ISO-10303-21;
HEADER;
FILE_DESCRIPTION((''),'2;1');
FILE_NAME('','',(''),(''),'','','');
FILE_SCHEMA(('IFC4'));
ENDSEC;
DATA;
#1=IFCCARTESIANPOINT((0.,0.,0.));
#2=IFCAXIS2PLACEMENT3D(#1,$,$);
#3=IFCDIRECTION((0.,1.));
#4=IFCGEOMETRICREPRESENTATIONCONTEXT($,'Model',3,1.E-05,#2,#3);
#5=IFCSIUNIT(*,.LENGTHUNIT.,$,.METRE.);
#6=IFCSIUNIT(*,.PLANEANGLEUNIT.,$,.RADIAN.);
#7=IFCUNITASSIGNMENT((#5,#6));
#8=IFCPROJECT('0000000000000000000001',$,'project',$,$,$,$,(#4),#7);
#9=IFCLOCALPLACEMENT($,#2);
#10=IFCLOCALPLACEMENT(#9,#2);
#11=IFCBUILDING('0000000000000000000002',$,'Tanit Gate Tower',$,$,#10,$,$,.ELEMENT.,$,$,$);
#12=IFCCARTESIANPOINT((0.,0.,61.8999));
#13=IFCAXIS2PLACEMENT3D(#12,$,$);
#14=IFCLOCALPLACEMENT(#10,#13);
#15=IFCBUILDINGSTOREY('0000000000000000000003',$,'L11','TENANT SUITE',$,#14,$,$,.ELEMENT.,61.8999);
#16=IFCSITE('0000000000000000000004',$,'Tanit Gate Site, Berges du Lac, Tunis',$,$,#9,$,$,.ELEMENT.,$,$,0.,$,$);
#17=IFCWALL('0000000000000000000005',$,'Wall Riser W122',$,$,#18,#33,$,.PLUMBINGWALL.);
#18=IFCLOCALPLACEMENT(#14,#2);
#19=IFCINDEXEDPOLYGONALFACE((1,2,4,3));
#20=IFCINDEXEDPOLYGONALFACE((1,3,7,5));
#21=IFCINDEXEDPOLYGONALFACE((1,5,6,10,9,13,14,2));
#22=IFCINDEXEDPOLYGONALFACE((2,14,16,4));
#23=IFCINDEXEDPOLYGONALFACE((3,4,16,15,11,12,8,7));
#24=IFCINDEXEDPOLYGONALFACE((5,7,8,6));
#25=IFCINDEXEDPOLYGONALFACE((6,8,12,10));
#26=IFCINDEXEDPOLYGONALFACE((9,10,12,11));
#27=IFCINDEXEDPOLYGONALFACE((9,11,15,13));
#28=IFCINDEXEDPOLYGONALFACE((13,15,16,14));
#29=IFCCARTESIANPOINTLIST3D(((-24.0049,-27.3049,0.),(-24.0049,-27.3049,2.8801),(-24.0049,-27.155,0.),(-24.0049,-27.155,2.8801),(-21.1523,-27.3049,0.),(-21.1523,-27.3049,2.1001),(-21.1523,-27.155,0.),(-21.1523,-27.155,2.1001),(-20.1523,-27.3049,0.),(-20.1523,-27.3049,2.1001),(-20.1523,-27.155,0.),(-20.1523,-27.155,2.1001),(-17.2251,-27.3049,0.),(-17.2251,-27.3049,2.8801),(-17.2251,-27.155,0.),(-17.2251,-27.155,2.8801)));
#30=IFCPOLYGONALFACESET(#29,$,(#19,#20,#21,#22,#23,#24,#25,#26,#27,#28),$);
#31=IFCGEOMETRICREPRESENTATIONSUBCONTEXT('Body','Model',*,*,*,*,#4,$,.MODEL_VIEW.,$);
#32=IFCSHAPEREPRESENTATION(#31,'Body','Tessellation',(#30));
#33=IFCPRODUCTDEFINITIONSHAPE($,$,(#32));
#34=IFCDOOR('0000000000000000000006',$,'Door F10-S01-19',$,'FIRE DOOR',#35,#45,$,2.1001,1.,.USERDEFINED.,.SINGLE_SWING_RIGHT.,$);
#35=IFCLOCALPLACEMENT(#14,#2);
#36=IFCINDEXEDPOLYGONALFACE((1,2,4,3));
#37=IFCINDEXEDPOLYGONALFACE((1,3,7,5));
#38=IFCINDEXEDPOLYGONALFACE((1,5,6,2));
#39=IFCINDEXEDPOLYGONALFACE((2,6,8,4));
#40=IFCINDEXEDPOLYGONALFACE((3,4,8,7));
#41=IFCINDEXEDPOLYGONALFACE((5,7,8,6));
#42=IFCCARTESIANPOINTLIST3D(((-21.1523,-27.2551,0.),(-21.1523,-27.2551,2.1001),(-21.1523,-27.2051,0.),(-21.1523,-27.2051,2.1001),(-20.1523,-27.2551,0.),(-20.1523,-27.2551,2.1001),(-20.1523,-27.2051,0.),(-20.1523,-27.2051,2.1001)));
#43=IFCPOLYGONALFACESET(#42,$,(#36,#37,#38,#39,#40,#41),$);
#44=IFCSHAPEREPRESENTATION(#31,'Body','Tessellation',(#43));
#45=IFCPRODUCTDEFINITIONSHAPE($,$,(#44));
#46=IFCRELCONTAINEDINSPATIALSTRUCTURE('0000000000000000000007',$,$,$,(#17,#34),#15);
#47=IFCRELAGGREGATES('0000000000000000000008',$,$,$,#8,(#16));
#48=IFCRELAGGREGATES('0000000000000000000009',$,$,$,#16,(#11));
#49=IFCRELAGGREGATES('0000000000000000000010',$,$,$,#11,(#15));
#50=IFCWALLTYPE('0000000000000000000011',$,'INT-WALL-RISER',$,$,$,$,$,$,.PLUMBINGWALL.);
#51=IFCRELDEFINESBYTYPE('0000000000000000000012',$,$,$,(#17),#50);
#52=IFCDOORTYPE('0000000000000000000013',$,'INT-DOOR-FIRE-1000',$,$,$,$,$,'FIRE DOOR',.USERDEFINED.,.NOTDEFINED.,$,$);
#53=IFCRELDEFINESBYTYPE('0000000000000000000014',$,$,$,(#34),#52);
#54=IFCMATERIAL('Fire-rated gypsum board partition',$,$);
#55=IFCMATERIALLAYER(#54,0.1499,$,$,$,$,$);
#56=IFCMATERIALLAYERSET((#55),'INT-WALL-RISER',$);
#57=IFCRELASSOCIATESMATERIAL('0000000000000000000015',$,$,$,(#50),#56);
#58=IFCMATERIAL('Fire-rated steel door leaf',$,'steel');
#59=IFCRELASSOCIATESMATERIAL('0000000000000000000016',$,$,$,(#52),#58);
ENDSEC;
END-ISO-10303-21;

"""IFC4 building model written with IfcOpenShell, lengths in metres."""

from ifc_helpers import new_model, si_unit, direction, frame, frame_2d, origin, place, context, subcontext, project, spatial, rectangle, extrude, material, layer, layer_set, type_object, element, fill, save


model = new_model("IFC4")

# Units and contexts
model_context = context("Model", 3, precision=1e-05, world=origin(), true_north=direction((0.0, 1.0)))
body_context = subcontext(model_context, "Body", "Model", "MODEL_VIEW")
ifc_project = project(units=[si_unit("LENGTHUNIT", "METRE"), si_unit("PLANEANGLEUNIT", "RADIAN")], contexts=[model_context])

# Site, building, storey
site_placement = place(None, origin())
site = spatial("IfcSite", under=ifc_project, at=site_placement, Name="Tanit Gate Site, Berges du Lac, Tunis", CompositionType="ELEMENT", RefElevation=0.0)
building_placement = place(site_placement, origin())
building = spatial("IfcBuilding", under=site, at=building_placement, Name="Tanit Gate Tower", CompositionType="ELEMENT")
storey_placement = place(building_placement, frame((0.0, 0.0, 61.8999)))
storey = spatial("IfcBuildingStorey", under=building, at=storey_placement, Name="L11", Description="TENANT SUITE", CompositionType="ELEMENT", Elevation=61.8999)

# Shared definitions
ifc_material_1 = material(Name="Fire-rated gypsum board partition")
ifc_layer_1 = layer(ifc_material_1, 0.1499)
ifc_layer_set_1 = layer_set([ifc_layer_1], Name="INT-WALL-RISER")
wall_type_1 = type_object("IfcWallType", Name="INT-WALL-RISER", PredefinedType="PLUMBINGWALL", material=ifc_layer_set_1)

# Wall, opening, door
wall_1_placement = place(storey_placement, frame((-24.0049, -27.23, 0.0), z_axis=(0.0, 0.0, 1.0), x_axis=(1.0, 0.0, 0.0)))
wall_1 = element("IfcWall", 1, at=wall_1_placement, inside=storey, type_object=wall_type_1, Name="Wall Riser W122", PredefinedType="PLUMBINGWALL", context=body_context, shape_type="SweptSolid", body=[
    extrude(rectangle(XDim=6.7798, YDim=0.1499, at=frame_2d((3.3899, 0.0))), origin(), (0.0, 0.0, 1.0), 2.8801),
])
opening_placement = place(wall_1_placement, frame((2.8525, 0.0, 0.0)))
opening = element("IfcOpeningElement", 2, at=opening_placement, cuts=wall_1, PredefinedType="OPENING", context=body_context, shape_type="SweptSolid", body=[
    extrude(rectangle(XDim=1.0, YDim=2.1001, at=frame_2d((0.5, 1.05))), frame((0.0, 0.085, 0.0), z_axis=(0.0, -1.0, 0.0), x_axis=(1.0, 0.0, 0.0)), (0.0, 0.0, 1.0), 0.1699),
])
ifc_material_2 = material(Name="Fire-rated steel door leaf", Category="steel")
door_type = type_object("IfcDoorType", Name="INT-DOOR-FIRE-1000", ElementType="FIRE DOOR", OperationType="NOTDEFINED", PredefinedType="USERDEFINED", material=ifc_material_2)
door_placement = place(opening_placement, origin())
door = element("IfcDoor", 3, at=door_placement, inside=storey, type_object=door_type, Name="Door F10-S01-19", ObjectType="FIRE DOOR", OperationType="SINGLE_SWING_RIGHT", OverallHeight=2.1001, OverallWidth=1.0, PredefinedType="USERDEFINED", context=body_context, shape_type="SweptSolid", body=[
    extrude(rectangle(XDim=1.0, YDim=2.1001, at=frame_2d((0.5, 1.05))), frame((0.0, 0.0249, 0.0), z_axis=(0.0, -1.0, 0.0), x_axis=(1.0, 0.0, 0.0)), (0.0, 0.0, 1.0), 0.05),
])
fill(opening, door)

save(model, "model.ifc")
